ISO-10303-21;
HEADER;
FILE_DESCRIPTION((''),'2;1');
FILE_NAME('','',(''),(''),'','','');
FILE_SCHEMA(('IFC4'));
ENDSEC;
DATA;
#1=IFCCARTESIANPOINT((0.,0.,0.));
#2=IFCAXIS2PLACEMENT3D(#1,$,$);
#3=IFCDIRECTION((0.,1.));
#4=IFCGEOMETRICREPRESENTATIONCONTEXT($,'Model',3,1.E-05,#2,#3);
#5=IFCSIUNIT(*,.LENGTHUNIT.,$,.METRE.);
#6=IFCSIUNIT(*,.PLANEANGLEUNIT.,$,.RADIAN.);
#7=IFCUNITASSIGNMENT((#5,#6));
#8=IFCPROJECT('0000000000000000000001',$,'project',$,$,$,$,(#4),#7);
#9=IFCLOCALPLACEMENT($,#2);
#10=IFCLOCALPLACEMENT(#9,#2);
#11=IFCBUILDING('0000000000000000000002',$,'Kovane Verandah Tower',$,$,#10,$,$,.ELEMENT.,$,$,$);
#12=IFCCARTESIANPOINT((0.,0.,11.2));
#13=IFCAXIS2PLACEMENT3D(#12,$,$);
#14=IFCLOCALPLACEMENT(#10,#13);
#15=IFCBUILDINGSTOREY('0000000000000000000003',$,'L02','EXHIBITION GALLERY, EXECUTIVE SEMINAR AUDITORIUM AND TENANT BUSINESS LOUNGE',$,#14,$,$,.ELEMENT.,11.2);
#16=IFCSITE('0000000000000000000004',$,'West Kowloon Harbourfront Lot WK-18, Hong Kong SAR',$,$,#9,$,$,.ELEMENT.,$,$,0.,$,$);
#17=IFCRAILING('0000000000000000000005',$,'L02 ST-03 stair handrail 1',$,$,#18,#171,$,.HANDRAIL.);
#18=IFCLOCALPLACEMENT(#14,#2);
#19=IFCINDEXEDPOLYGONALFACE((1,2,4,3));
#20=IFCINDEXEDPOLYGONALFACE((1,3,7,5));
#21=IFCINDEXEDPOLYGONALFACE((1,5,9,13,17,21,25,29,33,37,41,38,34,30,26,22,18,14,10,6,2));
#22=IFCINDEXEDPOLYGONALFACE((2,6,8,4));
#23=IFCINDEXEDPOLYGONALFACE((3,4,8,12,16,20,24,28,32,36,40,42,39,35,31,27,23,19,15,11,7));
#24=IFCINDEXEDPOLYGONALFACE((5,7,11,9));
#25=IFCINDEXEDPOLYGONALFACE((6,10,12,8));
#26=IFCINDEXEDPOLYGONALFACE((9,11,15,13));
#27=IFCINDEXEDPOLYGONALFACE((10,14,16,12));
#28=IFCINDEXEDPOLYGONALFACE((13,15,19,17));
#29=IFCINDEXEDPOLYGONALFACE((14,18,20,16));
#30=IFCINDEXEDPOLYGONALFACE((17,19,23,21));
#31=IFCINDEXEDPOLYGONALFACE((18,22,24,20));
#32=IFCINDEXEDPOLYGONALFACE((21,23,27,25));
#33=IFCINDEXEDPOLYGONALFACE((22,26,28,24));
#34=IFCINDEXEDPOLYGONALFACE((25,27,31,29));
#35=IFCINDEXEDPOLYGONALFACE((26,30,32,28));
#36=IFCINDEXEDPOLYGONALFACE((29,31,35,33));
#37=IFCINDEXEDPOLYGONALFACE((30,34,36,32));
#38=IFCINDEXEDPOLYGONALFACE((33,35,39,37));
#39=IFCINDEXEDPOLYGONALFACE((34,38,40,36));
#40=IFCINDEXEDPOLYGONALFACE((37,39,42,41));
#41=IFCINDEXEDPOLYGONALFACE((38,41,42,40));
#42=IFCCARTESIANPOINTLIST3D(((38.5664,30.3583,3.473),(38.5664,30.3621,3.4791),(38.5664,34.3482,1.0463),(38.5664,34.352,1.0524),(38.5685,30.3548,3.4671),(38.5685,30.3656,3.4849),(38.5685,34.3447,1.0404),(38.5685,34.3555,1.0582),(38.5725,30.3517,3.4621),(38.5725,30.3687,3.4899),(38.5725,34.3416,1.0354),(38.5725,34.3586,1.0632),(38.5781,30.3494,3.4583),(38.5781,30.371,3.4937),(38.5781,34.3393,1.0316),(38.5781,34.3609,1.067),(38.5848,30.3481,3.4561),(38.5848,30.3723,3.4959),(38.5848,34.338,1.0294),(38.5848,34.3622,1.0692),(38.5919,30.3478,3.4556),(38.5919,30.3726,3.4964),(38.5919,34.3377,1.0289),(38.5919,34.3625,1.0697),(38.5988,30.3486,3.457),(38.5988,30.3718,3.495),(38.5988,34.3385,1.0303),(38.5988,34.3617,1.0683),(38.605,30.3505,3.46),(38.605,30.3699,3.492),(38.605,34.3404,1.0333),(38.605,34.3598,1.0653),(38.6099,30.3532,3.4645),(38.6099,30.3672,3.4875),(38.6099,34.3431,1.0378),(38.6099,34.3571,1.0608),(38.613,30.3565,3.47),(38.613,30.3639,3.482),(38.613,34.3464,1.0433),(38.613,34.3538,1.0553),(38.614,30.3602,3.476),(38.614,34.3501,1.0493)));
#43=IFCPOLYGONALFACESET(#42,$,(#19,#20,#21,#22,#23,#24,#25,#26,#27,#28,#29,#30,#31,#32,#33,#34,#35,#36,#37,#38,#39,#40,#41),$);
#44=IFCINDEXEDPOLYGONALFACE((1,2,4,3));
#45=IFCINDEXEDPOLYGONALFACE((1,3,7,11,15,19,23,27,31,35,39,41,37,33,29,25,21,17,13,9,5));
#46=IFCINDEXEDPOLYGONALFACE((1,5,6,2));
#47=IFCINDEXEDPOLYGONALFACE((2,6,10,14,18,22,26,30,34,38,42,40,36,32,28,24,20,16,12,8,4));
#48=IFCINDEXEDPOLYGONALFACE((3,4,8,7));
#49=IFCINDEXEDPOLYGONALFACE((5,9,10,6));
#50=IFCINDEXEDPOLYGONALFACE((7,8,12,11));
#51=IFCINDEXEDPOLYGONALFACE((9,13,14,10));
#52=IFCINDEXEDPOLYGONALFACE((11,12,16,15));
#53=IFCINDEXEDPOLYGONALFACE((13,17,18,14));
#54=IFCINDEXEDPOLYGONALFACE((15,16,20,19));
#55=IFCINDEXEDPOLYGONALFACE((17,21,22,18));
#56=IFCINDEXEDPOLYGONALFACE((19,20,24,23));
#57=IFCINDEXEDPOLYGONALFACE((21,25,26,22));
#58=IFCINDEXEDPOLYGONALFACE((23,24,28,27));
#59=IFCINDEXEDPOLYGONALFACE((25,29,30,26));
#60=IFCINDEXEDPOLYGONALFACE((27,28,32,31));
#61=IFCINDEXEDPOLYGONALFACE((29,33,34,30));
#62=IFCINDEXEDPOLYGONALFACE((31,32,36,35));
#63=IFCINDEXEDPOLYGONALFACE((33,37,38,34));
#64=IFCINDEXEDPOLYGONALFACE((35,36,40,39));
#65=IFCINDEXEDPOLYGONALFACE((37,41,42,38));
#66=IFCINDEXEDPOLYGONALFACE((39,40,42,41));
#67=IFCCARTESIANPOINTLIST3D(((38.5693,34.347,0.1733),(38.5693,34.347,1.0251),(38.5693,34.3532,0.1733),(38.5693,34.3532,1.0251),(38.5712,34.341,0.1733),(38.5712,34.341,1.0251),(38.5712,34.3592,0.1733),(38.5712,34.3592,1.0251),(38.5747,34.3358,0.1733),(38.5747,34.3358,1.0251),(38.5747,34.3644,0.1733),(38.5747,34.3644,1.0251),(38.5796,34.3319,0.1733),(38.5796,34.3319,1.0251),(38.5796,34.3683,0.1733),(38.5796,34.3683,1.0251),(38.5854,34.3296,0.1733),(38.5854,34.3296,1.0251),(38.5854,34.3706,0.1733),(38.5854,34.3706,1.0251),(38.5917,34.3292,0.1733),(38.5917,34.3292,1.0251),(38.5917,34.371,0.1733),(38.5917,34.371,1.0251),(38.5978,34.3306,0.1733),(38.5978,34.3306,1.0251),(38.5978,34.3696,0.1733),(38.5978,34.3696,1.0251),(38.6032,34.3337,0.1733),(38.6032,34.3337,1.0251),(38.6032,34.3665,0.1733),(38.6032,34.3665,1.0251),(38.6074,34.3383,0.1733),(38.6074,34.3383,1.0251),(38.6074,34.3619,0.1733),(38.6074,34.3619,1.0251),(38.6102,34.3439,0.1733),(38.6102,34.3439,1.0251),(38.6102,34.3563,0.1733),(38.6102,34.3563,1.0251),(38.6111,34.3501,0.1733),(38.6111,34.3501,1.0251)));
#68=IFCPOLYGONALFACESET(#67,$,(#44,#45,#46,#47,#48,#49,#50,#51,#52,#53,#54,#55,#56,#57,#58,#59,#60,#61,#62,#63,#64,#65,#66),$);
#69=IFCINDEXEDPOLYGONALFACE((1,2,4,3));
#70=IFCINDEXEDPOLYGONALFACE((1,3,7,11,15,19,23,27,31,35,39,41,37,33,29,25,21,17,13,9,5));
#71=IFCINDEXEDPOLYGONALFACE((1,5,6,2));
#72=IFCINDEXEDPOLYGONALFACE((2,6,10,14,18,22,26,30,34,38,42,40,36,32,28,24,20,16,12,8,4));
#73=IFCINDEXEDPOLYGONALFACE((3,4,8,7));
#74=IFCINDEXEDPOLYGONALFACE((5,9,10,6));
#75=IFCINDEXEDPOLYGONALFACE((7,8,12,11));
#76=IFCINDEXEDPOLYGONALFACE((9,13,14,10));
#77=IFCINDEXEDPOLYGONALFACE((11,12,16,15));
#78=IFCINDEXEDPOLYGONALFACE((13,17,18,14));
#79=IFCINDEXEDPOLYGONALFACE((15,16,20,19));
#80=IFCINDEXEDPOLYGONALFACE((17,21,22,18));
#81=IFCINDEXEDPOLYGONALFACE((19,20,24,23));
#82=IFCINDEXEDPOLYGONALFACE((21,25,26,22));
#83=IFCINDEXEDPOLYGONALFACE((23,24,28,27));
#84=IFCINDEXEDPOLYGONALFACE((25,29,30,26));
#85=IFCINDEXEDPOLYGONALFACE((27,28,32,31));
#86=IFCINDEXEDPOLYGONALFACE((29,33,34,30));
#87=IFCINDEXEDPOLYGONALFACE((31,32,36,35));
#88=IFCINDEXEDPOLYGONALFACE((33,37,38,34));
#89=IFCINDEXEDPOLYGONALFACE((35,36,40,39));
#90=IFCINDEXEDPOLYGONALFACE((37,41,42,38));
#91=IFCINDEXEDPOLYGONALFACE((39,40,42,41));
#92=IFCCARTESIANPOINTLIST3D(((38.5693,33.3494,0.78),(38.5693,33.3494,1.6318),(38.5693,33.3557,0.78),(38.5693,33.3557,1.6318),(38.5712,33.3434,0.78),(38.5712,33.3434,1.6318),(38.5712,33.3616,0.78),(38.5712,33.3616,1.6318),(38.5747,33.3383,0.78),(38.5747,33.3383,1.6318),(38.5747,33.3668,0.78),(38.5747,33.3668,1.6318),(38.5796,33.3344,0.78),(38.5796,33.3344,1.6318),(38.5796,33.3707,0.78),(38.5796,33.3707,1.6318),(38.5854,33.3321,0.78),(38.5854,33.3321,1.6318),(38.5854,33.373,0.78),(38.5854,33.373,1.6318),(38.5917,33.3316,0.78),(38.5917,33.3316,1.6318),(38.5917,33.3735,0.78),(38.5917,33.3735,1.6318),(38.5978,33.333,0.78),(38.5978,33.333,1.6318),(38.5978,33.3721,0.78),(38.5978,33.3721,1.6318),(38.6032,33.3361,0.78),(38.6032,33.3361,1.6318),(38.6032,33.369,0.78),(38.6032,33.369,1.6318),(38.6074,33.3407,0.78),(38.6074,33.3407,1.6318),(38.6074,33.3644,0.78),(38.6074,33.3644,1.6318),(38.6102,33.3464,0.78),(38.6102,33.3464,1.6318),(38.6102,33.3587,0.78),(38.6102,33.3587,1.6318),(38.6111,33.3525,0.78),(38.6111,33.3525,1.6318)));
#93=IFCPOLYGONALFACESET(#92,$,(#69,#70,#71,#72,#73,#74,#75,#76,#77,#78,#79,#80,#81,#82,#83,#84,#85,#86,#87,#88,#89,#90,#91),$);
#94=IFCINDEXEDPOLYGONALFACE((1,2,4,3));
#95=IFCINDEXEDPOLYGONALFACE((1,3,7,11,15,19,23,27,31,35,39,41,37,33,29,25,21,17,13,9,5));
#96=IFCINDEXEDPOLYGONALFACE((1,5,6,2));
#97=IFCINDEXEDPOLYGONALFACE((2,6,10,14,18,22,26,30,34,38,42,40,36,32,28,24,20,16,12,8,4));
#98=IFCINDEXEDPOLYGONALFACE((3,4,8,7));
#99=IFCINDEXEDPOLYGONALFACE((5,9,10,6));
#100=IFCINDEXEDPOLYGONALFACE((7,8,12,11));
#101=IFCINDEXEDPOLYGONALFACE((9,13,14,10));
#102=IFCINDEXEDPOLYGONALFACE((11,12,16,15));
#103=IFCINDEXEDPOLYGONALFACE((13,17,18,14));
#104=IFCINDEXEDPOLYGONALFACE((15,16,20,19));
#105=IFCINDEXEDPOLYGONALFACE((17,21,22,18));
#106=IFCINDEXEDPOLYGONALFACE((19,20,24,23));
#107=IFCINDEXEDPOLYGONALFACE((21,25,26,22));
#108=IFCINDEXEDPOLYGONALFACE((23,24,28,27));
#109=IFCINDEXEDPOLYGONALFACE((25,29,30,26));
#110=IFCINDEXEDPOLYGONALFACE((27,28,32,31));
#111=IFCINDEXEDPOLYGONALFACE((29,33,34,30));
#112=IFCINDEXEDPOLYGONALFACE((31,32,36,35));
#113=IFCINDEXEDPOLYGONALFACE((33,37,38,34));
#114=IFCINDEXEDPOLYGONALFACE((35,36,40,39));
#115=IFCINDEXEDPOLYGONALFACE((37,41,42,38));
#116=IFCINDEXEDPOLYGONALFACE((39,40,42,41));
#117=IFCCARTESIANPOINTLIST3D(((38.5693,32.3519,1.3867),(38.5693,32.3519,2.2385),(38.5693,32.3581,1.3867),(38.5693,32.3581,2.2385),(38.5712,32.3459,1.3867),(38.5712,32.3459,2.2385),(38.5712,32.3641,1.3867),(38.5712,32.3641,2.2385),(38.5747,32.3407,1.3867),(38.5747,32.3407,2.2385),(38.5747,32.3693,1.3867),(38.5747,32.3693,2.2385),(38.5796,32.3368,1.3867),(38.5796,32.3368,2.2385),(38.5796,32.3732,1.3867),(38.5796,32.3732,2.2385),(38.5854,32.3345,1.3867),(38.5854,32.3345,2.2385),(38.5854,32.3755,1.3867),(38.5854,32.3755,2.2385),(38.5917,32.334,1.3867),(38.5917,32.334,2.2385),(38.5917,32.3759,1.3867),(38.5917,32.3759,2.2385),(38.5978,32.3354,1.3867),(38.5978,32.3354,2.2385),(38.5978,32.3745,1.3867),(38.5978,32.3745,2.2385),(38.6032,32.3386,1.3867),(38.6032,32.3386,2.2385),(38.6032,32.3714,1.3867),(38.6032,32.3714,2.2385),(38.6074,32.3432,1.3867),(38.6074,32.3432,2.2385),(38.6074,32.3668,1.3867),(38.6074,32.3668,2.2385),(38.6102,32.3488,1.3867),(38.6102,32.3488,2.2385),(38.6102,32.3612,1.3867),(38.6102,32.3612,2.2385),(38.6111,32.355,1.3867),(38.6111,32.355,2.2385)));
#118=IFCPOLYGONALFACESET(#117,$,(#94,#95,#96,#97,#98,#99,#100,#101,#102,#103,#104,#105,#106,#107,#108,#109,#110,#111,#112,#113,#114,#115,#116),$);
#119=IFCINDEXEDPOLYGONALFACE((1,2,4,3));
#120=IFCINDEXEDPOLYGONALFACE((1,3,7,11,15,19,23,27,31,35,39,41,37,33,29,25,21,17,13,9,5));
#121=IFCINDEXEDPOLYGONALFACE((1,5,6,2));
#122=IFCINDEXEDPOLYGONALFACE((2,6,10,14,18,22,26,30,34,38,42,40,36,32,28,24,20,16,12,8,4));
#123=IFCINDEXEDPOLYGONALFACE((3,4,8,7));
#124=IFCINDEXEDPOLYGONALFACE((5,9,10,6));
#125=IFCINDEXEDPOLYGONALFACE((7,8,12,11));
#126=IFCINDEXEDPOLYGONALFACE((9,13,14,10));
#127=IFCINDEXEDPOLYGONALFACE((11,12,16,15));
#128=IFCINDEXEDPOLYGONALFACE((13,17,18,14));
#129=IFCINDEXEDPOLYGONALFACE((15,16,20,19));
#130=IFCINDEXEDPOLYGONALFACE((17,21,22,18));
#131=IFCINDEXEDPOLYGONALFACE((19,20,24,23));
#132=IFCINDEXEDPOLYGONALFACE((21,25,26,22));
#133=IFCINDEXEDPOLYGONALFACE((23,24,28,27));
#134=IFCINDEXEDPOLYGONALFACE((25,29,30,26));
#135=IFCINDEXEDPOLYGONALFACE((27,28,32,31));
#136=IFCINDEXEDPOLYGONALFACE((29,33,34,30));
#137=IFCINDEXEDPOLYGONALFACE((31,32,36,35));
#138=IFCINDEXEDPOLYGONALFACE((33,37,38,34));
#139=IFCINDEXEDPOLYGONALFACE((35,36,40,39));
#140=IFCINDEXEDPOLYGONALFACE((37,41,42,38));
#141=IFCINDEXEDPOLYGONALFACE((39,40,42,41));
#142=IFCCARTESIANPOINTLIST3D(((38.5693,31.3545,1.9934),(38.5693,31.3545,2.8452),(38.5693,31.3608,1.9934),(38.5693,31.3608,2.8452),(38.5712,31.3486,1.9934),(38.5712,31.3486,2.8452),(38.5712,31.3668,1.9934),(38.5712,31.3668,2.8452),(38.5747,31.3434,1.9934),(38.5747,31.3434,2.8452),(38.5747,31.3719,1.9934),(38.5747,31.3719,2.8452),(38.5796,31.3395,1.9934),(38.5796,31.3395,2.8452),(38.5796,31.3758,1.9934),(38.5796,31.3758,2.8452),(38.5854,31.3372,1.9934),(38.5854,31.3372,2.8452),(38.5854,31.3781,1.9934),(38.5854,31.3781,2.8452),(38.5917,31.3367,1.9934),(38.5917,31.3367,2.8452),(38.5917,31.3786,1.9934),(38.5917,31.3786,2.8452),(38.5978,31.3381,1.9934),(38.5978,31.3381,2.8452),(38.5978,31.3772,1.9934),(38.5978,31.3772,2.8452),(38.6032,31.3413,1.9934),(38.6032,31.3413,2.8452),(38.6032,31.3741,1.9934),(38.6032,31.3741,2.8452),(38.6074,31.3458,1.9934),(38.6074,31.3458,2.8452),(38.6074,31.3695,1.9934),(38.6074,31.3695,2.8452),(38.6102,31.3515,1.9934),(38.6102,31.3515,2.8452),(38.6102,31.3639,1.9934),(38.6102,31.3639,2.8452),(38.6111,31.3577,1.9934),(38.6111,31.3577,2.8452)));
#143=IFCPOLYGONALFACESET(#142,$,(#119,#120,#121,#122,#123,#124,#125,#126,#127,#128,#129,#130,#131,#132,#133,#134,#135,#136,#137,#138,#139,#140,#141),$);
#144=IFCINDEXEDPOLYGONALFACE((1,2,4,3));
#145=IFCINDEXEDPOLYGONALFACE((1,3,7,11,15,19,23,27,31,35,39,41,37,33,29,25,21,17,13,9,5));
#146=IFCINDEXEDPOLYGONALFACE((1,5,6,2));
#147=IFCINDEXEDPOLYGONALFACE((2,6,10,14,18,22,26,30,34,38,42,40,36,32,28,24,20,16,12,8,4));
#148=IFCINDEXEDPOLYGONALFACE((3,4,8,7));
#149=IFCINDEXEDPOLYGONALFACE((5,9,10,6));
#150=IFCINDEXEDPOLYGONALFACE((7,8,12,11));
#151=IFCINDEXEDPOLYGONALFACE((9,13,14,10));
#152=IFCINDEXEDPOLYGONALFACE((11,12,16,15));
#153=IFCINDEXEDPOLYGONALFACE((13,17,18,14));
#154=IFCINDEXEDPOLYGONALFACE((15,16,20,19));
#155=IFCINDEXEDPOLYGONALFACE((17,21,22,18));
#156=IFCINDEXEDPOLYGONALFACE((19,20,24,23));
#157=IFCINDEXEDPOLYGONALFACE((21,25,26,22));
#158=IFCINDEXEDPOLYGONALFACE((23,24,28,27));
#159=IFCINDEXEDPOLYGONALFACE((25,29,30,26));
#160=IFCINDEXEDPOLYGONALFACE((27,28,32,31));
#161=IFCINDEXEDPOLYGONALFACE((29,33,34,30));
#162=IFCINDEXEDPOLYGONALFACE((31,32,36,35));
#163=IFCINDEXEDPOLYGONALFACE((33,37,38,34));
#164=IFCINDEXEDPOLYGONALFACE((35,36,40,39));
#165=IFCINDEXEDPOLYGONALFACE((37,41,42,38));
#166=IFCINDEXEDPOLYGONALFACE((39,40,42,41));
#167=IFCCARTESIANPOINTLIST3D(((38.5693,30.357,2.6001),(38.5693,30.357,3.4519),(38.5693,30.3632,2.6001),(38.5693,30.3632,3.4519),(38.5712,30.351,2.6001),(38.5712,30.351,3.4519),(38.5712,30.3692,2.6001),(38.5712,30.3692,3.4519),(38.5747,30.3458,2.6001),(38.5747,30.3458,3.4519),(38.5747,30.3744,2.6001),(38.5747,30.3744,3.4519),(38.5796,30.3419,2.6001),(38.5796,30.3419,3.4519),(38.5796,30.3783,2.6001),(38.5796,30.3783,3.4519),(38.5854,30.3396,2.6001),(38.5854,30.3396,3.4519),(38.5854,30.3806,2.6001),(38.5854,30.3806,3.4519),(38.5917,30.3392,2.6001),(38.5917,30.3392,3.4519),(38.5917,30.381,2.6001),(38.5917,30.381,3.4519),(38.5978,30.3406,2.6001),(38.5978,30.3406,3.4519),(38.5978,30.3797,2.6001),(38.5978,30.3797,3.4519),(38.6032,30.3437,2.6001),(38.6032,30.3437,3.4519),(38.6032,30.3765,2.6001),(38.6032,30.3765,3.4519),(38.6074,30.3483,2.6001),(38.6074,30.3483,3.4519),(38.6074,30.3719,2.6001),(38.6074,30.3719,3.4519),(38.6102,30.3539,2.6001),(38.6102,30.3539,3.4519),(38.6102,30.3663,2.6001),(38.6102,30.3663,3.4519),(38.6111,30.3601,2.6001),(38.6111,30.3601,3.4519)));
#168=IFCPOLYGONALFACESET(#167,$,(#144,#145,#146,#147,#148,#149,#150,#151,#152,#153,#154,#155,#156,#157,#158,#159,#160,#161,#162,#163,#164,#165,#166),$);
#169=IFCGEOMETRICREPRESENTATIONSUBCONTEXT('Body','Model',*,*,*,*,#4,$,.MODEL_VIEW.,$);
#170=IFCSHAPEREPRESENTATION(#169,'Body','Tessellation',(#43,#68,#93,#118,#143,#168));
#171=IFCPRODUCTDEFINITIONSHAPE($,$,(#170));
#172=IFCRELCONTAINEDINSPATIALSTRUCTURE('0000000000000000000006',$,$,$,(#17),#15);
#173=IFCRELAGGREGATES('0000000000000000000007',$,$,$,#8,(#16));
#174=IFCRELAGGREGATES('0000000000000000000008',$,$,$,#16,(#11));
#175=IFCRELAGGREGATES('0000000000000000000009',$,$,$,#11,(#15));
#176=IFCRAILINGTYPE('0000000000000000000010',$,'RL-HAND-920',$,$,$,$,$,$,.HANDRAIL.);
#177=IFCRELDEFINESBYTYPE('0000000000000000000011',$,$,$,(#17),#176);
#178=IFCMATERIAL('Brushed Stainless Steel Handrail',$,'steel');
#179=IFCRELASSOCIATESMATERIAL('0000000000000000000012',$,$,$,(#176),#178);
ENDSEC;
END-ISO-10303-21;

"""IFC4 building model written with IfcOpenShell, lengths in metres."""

from ifc_helpers import new_model, si_unit, direction, frame, origin, origin_2d, place, context, subcontext, project, spatial, circle, extrude, material, type_object, element, save


model = new_model("IFC4")

# Units and contexts
model_context = context("Model", 3, precision=1e-05, world=origin(), true_north=direction((0.0, 1.0)))
body_context = subcontext(model_context, "Body", "Model", "MODEL_VIEW")
ifc_project = project(units=[si_unit("LENGTHUNIT", "METRE"), si_unit("PLANEANGLEUNIT", "RADIAN")], contexts=[model_context])

# Site, building, storey
site_placement = place(None, origin())
site = spatial("IfcSite", under=ifc_project, at=site_placement, Name="West Kowloon Harbourfront Lot WK-18, Hong Kong SAR", CompositionType="ELEMENT", RefElevation=0.0)
building_placement = place(site_placement, origin())
building = spatial("IfcBuilding", under=site, at=building_placement, Name="Kovane Verandah Tower", CompositionType="ELEMENT")
storey_placement = place(building_placement, frame((0.0, 0.0, 11.2)))
storey = spatial("IfcBuildingStorey", under=building, at=storey_placement, Name="L02", Description="EXHIBITION GALLERY, EXECUTIVE SEMINAR AUDITORIUM AND TENANT BUSINESS LOUNGE", CompositionType="ELEMENT", Elevation=11.2)

# Railing
ifc_material_1 = material(Name="Brushed Stainless Steel Handrail", Category="steel")
railing_type_1 = type_object("IfcRailingType", Name="RL-HAND-920", PredefinedType="HANDRAIL", material=ifc_material_1)
railing_1_placement = place(storey_placement, frame((38.5901, 34.3501, 0.1733)))
element("IfcRailing", 1, at=railing_1_placement, inside=storey, type_object=railing_type_1, Name="L02 ST-03 stair handrail 1", PredefinedType="HANDRAIL", context=body_context, shape_type="SweptSolid", body=[
    extrude(circle(Radius=0.0239, at=origin_2d()), frame((0.0, 0.0, 0.876), z_axis=(0.0, -0.854382, 0.519645), x_axis=(1.0, 0.0, 0.0)), (0.0, 0.0, 1.0), 4.6699),
    extrude(circle(Radius=0.021, at=origin_2d()), origin(), (0.0, 0.0, 1.0), 0.8518),
    extrude(circle(Radius=0.021, at=origin_2d()), frame((0.0, -0.9976, 0.6067)), (0.0, 0.0, 1.0), 0.8518),
    extrude(circle(Radius=0.021, at=origin_2d()), frame((0.0, -1.9951, 1.2134)), (0.0, 0.0, 1.0), 0.8518),
    extrude(circle(Radius=0.021, at=origin_2d()), frame((0.0, -2.9924, 1.8201)), (0.0, 0.0, 1.0), 0.8518),
    extrude(circle(Radius=0.021, at=origin_2d()), frame((0.0, -3.99, 2.4268)), (0.0, 0.0, 1.0), 0.8518),
])

save(model, "model.ifc")
